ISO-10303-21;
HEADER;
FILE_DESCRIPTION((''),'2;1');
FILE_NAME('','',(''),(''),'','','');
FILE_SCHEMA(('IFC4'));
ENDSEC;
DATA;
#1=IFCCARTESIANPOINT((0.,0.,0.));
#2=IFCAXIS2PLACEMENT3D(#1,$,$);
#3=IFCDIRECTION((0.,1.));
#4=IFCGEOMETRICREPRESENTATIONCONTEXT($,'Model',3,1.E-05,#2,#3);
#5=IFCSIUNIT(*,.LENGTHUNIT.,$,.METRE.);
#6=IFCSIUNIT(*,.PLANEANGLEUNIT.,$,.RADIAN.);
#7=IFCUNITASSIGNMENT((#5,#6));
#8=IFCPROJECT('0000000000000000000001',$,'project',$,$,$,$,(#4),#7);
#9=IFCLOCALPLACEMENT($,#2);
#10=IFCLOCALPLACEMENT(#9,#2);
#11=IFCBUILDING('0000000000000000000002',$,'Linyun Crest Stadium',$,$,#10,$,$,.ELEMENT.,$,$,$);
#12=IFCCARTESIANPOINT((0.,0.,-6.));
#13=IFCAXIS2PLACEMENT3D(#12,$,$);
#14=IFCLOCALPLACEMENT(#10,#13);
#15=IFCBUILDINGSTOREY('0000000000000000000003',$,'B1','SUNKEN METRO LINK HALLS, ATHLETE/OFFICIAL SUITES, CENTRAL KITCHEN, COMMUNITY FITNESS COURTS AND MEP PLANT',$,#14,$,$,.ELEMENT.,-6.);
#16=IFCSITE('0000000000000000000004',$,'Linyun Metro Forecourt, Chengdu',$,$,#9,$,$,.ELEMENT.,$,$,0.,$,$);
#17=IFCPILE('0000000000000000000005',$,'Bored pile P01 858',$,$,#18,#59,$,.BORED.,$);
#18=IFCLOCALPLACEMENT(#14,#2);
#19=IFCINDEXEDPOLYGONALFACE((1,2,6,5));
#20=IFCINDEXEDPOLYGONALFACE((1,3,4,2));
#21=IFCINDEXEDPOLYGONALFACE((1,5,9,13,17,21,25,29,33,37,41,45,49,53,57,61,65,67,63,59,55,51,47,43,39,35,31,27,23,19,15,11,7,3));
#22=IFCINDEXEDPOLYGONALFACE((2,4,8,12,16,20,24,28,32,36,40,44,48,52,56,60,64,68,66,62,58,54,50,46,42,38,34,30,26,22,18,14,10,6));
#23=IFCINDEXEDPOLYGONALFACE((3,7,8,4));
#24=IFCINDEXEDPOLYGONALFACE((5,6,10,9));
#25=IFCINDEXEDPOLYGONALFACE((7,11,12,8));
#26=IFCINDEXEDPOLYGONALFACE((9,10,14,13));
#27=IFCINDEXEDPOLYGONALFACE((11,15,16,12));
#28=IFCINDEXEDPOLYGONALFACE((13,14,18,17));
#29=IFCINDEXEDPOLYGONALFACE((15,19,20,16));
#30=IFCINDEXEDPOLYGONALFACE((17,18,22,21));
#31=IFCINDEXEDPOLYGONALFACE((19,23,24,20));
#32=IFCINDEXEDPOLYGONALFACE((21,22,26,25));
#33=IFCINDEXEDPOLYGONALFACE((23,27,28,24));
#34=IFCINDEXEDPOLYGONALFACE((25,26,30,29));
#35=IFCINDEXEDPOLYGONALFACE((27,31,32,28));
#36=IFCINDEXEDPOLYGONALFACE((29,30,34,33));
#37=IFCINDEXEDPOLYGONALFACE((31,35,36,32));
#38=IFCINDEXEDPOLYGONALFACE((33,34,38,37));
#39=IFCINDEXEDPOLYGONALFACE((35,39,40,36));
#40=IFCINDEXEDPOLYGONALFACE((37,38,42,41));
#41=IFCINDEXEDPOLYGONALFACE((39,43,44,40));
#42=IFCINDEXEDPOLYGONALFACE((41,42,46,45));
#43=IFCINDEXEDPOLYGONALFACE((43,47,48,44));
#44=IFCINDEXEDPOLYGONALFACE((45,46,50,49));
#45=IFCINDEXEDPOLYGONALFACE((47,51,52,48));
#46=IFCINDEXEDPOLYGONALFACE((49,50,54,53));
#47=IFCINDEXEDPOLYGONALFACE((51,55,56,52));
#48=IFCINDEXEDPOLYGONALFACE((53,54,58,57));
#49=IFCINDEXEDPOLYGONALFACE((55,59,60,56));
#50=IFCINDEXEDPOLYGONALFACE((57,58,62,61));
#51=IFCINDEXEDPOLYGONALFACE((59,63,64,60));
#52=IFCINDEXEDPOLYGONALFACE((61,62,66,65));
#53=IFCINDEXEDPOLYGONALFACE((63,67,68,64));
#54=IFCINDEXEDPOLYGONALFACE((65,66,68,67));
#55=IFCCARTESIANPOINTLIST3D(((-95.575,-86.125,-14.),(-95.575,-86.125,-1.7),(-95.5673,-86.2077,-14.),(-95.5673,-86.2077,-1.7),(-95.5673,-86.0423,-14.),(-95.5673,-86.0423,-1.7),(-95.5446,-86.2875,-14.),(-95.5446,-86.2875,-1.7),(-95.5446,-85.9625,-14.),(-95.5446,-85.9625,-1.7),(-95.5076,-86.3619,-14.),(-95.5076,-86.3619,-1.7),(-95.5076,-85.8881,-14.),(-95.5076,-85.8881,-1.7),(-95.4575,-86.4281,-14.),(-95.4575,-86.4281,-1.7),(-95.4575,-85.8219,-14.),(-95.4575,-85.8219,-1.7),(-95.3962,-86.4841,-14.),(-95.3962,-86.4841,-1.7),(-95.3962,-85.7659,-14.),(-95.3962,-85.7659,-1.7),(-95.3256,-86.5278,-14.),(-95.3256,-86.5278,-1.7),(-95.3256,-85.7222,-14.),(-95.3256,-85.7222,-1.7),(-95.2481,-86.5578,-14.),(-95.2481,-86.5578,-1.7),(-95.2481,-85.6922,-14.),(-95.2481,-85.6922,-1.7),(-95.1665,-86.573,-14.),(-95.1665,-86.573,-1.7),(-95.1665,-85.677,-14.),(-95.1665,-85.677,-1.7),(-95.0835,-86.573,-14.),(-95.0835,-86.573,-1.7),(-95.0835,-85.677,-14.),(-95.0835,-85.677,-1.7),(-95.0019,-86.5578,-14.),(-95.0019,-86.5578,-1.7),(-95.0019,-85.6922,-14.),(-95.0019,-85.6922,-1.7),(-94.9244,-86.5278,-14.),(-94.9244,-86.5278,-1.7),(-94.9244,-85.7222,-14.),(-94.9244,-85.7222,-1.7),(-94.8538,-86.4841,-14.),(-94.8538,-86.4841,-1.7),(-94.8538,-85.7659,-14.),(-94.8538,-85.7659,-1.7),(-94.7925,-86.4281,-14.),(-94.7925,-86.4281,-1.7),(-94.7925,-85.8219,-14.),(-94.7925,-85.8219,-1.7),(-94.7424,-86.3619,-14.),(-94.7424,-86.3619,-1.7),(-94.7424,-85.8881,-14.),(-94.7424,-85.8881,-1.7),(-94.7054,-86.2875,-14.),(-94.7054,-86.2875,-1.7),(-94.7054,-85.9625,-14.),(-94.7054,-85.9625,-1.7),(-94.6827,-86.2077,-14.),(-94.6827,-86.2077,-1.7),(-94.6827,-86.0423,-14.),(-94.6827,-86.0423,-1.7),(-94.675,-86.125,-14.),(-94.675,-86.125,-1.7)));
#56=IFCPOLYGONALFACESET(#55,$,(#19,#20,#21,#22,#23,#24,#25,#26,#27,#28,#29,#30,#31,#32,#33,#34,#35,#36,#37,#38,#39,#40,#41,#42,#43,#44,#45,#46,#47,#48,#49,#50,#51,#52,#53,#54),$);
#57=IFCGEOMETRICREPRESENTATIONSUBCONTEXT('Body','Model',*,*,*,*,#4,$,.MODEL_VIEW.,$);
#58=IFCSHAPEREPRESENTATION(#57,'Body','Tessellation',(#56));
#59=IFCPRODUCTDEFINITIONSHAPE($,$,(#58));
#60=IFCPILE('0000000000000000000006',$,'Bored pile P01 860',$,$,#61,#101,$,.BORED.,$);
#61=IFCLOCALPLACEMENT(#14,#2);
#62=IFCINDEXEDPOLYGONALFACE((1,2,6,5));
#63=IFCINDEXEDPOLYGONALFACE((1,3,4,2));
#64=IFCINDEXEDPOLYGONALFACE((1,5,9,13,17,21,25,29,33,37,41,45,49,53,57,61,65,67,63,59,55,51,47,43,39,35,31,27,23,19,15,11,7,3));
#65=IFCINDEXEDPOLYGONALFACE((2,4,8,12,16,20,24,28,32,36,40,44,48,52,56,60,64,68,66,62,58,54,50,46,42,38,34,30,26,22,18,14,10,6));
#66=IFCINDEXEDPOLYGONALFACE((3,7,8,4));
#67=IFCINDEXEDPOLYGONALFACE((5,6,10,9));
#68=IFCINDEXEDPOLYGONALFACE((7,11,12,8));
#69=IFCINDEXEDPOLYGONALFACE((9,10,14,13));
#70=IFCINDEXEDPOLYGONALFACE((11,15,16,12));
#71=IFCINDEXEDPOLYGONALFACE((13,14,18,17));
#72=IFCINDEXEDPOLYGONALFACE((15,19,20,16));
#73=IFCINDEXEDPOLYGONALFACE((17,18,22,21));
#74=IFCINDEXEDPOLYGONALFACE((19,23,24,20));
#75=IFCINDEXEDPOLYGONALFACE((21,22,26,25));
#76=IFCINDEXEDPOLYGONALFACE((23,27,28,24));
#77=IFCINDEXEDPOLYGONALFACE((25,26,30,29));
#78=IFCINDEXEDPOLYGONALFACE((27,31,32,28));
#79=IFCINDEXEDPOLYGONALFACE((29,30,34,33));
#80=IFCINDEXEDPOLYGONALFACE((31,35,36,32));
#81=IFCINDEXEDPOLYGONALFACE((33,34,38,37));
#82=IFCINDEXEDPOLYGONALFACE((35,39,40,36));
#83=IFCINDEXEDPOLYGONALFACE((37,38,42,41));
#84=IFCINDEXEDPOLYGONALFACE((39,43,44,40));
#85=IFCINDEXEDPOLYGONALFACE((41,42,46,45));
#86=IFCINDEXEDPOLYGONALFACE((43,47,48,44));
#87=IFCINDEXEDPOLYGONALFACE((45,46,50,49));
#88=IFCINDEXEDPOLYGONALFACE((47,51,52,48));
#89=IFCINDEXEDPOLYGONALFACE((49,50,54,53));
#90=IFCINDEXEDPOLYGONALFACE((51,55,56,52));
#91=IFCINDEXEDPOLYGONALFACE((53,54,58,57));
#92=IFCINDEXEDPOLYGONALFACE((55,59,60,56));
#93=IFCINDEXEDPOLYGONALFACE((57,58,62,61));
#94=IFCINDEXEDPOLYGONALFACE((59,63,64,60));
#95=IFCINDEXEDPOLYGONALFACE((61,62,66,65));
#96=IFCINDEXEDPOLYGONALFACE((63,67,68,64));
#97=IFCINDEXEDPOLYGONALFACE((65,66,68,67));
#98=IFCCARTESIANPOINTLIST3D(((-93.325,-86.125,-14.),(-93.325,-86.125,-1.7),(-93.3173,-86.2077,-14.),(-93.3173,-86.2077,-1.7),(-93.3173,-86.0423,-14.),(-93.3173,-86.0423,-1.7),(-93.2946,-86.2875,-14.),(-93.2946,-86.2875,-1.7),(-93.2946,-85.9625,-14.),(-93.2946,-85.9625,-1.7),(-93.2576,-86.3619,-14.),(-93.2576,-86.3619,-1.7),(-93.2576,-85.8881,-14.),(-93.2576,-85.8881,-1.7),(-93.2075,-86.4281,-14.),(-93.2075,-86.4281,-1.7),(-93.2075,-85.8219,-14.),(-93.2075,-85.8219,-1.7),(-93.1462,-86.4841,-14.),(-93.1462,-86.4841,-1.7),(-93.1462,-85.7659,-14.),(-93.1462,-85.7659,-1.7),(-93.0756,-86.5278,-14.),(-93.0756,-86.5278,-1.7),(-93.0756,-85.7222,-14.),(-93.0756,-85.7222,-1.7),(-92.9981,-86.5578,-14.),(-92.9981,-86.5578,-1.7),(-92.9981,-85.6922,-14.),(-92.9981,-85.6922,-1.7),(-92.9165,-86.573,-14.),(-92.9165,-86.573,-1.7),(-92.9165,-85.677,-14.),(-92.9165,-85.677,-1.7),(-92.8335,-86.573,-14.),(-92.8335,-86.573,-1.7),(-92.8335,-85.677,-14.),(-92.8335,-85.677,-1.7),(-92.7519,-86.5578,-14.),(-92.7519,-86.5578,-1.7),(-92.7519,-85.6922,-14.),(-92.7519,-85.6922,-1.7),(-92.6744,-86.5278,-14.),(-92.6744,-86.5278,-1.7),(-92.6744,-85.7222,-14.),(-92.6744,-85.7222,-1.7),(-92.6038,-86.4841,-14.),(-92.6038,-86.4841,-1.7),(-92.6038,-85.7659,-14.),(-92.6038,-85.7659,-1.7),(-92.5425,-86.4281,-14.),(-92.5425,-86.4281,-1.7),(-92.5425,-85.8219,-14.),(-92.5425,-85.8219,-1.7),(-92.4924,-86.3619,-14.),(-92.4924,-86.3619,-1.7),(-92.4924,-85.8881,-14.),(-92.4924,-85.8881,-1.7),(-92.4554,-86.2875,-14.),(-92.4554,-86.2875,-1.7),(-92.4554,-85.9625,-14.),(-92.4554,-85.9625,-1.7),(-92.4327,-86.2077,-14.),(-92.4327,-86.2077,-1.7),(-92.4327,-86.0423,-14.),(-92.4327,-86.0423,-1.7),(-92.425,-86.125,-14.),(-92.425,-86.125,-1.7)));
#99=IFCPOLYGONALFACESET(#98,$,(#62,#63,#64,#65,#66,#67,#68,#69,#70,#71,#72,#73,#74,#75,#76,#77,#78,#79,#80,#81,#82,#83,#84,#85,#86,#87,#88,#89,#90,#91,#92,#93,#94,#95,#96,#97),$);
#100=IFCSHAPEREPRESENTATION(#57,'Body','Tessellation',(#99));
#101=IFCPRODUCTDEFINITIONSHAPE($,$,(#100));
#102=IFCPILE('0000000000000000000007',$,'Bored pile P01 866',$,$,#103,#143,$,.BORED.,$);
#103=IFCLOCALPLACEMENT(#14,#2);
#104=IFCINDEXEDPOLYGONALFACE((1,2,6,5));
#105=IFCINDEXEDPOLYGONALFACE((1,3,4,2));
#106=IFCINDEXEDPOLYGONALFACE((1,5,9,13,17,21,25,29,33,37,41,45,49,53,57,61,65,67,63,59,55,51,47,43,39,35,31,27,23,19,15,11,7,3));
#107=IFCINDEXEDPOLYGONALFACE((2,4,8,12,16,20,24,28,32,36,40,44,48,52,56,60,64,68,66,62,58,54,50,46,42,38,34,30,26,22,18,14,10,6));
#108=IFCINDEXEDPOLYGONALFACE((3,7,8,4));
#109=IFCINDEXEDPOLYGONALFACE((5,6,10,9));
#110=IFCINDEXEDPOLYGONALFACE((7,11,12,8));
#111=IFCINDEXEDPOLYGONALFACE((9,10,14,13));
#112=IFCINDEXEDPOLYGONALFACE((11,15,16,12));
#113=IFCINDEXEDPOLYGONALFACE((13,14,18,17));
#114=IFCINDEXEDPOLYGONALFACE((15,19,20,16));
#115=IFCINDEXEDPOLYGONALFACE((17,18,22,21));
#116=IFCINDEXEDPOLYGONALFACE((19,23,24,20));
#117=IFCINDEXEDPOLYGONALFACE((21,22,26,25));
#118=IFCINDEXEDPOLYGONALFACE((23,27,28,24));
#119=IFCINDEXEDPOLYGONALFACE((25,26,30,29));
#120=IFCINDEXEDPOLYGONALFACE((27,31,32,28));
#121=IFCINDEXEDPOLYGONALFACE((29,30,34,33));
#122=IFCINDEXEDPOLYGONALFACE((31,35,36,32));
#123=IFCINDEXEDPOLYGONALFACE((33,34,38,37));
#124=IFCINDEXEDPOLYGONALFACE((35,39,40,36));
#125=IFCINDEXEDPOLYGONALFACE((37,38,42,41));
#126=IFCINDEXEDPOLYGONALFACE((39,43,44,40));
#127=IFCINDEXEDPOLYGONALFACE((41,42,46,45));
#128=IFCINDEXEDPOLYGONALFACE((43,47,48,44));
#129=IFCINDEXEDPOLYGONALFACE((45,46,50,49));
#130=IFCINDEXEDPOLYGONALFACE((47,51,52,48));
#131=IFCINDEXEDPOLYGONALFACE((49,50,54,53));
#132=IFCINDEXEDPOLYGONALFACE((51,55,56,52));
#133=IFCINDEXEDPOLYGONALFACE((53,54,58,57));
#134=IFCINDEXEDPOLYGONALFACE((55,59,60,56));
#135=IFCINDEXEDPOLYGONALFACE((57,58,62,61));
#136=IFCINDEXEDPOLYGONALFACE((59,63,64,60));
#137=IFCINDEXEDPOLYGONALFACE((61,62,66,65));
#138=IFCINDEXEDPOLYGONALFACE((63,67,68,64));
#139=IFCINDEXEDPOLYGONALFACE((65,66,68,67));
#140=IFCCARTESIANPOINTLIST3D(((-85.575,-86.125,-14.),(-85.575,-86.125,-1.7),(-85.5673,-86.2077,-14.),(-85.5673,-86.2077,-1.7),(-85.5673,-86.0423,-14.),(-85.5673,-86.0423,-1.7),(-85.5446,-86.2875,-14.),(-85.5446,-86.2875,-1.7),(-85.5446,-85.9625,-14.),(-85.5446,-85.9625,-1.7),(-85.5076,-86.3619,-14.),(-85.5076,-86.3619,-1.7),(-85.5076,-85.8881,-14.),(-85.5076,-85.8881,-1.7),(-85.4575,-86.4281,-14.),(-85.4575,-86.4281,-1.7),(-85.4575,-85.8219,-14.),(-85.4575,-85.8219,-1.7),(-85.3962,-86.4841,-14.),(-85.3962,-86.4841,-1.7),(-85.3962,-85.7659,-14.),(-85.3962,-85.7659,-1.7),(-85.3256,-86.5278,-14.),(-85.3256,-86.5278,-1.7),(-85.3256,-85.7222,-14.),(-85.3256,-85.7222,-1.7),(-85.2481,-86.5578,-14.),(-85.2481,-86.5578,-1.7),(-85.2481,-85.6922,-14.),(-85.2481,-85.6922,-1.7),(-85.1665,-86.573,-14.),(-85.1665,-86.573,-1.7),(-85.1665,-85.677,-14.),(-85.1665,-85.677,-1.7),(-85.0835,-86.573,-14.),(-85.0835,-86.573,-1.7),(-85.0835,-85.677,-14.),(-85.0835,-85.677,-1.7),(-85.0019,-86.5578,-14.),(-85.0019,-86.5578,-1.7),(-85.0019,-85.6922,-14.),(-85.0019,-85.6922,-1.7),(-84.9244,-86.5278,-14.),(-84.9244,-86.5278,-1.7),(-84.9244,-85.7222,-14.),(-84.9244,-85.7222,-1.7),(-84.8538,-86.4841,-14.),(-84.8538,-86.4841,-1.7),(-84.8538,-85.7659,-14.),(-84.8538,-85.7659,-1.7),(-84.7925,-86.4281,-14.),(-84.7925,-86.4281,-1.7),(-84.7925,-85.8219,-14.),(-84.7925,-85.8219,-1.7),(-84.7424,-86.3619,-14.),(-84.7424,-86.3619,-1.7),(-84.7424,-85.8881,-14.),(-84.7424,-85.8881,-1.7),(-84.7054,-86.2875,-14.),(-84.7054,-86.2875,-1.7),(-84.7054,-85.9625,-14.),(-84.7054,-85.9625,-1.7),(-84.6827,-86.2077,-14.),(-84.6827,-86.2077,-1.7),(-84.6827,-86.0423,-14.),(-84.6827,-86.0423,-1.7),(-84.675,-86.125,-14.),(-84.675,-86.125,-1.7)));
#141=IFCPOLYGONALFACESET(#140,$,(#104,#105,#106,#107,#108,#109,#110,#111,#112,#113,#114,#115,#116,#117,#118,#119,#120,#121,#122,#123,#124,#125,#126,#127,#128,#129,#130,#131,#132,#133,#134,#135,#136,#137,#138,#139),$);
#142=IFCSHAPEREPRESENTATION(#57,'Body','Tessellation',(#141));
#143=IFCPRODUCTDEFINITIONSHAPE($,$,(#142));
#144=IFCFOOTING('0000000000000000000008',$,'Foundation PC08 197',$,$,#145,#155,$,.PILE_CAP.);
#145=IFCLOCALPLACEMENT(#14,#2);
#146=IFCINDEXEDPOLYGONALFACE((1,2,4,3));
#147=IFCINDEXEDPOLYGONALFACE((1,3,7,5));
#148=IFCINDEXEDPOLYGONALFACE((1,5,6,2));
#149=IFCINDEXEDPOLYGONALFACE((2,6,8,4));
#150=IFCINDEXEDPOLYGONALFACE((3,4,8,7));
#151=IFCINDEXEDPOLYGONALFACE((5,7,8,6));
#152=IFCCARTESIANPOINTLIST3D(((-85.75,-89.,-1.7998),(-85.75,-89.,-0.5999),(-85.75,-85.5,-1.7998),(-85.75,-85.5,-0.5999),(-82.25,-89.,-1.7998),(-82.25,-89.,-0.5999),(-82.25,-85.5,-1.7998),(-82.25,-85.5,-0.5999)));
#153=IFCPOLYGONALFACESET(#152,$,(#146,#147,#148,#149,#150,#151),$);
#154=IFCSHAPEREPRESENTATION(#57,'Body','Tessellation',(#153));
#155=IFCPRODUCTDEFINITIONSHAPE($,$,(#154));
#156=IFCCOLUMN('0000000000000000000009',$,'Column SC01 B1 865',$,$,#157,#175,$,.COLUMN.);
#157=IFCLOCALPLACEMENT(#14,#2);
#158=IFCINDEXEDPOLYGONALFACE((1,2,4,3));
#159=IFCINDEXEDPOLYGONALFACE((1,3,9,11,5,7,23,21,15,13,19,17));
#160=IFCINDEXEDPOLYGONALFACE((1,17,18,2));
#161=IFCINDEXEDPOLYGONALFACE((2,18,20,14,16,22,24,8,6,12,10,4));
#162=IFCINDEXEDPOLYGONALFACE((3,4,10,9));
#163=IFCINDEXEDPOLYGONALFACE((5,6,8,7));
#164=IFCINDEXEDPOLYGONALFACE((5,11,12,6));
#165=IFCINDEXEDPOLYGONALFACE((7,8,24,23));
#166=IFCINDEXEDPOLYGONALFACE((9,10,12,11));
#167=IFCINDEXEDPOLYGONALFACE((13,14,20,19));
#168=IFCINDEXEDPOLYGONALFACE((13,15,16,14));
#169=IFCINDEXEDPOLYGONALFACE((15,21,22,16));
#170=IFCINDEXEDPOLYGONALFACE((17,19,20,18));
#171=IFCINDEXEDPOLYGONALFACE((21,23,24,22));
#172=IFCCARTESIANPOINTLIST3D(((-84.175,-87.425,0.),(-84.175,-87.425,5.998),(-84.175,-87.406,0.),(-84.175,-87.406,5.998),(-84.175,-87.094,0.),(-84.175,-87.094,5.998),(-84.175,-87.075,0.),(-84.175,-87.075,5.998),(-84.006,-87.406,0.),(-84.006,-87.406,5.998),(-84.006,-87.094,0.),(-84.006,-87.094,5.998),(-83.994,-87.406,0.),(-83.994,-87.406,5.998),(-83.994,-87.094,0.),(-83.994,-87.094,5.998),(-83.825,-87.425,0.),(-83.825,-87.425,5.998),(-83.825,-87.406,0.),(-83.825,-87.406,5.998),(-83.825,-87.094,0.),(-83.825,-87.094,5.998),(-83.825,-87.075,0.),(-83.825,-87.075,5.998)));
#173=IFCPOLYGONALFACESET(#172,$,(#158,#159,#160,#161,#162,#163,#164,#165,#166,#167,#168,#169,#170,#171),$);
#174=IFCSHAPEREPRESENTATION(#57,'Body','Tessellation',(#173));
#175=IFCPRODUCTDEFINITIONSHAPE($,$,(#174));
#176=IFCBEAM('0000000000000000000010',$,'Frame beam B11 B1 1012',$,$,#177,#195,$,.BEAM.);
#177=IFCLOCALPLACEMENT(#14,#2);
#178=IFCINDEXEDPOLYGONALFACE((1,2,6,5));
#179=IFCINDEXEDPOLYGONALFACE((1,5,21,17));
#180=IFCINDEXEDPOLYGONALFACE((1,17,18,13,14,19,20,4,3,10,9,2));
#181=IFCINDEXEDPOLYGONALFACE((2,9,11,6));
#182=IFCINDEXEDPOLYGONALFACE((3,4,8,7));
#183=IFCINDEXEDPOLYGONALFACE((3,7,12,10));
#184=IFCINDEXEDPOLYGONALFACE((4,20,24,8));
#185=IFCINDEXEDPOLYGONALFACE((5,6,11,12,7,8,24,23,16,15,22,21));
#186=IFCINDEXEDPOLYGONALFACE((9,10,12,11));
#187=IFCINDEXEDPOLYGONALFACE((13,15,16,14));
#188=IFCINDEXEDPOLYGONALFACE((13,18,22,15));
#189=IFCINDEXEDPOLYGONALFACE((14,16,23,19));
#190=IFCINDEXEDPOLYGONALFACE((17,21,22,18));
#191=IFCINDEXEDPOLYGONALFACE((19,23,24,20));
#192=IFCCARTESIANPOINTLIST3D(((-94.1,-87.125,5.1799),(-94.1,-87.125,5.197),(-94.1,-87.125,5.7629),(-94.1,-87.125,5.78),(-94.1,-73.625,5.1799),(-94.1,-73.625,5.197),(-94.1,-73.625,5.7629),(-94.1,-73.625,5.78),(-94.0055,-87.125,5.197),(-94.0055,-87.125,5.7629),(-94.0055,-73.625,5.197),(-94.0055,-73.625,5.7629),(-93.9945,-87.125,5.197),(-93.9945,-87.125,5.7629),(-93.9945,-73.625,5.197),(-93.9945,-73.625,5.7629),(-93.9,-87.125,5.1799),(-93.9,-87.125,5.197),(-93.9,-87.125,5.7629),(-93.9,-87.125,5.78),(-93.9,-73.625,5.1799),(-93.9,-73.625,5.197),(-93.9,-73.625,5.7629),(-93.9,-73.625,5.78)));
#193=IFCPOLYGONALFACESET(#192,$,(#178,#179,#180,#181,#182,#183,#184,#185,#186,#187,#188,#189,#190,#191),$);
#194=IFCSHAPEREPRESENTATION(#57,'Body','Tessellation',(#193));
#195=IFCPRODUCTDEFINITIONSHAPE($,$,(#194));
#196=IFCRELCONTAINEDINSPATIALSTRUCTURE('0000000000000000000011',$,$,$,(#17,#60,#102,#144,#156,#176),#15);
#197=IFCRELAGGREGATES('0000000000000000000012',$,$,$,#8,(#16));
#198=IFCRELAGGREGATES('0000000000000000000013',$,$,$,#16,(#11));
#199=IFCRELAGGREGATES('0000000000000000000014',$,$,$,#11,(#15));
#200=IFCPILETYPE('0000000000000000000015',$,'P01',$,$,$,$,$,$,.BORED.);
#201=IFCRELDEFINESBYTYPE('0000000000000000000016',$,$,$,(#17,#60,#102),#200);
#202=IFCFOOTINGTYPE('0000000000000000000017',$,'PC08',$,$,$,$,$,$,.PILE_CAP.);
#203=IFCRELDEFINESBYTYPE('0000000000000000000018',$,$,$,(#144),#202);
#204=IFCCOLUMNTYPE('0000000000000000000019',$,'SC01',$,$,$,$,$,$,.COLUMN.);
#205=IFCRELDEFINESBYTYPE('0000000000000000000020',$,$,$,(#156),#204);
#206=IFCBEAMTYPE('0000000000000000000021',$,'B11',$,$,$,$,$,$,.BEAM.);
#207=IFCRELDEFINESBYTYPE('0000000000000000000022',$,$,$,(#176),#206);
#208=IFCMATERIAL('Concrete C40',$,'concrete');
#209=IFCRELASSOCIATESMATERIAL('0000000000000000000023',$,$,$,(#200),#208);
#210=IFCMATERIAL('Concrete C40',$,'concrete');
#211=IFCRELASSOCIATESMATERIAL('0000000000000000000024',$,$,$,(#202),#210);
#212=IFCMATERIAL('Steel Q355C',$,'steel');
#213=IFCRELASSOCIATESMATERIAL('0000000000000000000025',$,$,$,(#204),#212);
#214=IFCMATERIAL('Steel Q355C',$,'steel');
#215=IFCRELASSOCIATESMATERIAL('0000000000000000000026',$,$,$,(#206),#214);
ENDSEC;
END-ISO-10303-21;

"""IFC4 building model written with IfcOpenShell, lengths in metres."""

from ifc_helpers import new_model, si_unit, direction, frame, origin, origin_2d, place, context, subcontext, project, spatial, rectangle, circle, i_section, extrude, material, material_profile, profile_set, type_object, element, save


model = new_model("IFC4")

# Units and contexts
model_context = context("Model", 3, precision=1e-05, world=origin(), true_north=direction((0.0, 1.0)))
body_context = subcontext(model_context, "Body", "Model", "MODEL_VIEW")
ifc_project = project(units=[si_unit("LENGTHUNIT", "METRE"), si_unit("PLANEANGLEUNIT", "RADIAN")], contexts=[model_context])

# Site, building, storey
site_placement = place(None, origin())
site = spatial("IfcSite", under=ifc_project, at=site_placement, Name="Linyun Metro Forecourt, Chengdu", CompositionType="ELEMENT", RefElevation=0.0)
building_placement = place(site_placement, origin())
building = spatial("IfcBuilding", under=site, at=building_placement, Name="Linyun Crest Stadium", CompositionType="ELEMENT")
storey_placement = place(building_placement, frame((0.0, 0.0, -6.0)))
storey = spatial("IfcBuildingStorey", under=building, at=storey_placement, Name="B1", Description="SUNKEN METRO LINK HALLS, ATHLETE/OFFICIAL SUITES, CENTRAL KITCHEN, COMMUNITY FITNESS COURTS AND MEP PLANT", CompositionType="ELEMENT", Elevation=-6.0)

# Piles
ifc_material_1 = material(Name="Concrete C40", Category="concrete")
ifc_material_profile_1 = material_profile(ifc_material_1, circle(Radius=0.45, at=origin_2d()), Name="BORED PILE 900")
ifc_profile_set_1 = profile_set([ifc_material_profile_1], Name="Concrete C40")
pile_type = type_object("IfcPileType", Name="P01", PredefinedType="BORED", material=ifc_profile_set_1)
for number, where, z_axis, x_axis, name in (
    (1, (-95.125, -86.125, -1.7), (0.0, 0.0, -1.0), (1.0, 0.0, 0.0), "Bored pile P01 858"),
    (2, (-92.875, -86.125, -1.7), (0.0, 0.0, -1.0), (1.0, 0.0, 0.0), "Bored pile P01 860"),
    (3, (-85.125, -86.125, -1.7), (0.0, 0.0, -1.0), (1.0, 0.0, 0.0), "Bored pile P01 866"),
):
    element("IfcPile", number, at=place(storey_placement, frame(where, z_axis=z_axis, x_axis=x_axis)), inside=storey, type_object=pile_type, Name=name, PredefinedType="BORED", context=body_context, shape_type="SweptSolid", body=[
        extrude(circle(Radius=0.45, at=origin_2d()), origin(), (0.0, 0.0, 1.0), 12.3),
    ])

# Footing
ifc_material_2 = material(Name="Concrete C40", Category="concrete")
footing_type = type_object("IfcFootingType", Name="PC08", PredefinedType="PILE_CAP", material=ifc_material_2)
footing_placement = place(storey_placement, frame((-84.0, -87.25, -1.7998), z_axis=(0.0, 0.0, 1.0), x_axis=(1.0, 0.0, 0.0)))
element("IfcFooting", 4, at=footing_placement, inside=storey, type_object=footing_type, Name="Foundation PC08 197", PredefinedType="PILE_CAP", context=body_context, shape_type="SweptSolid", body=[
    extrude(rectangle(XDim=3.5, YDim=3.5, at=origin_2d()), origin(), (0.0, 0.0, 1.0), 1.2),
])

# Column
ifc_material_3 = material(Name="Steel Q355C", Category="steel")
ifc_material_profile_2 = material_profile(ifc_material_3, i_section(OverallWidth=0.3501, OverallDepth=0.3501, WebThickness=0.012, FlangeThickness=0.019, at=origin_2d()), Name="HW 350x350")
ifc_profile_set_2 = profile_set([ifc_material_profile_2], Name="Steel Q355C")
column_type = type_object("IfcColumnType", Name="SC01", PredefinedType="COLUMN", material=ifc_profile_set_2)
column_placement = place(storey_placement, frame((-84.0, -87.25, 0.0), z_axis=(0.0, 0.0, 1.0), x_axis=(1.0, 0.0, 0.0)))
element("IfcColumn", 5, at=column_placement, inside=storey, type_object=column_type, Name="Column SC01 B1 865", PredefinedType="COLUMN", context=body_context, shape_type="SweptSolid", body=[
    extrude(i_section(OverallWidth=0.3501, OverallDepth=0.3501, WebThickness=0.012, FlangeThickness=0.019, at=origin_2d()), origin(), (0.0, 0.0, 1.0), 5.998),
])

# Beam
ifc_material_4 = material(Name="Steel Q355C", Category="steel")
ifc_material_profile_3 = material_profile(ifc_material_4, i_section(OverallWidth=0.2, OverallDepth=0.6001, WebThickness=0.011, FlangeThickness=0.0171, at=origin_2d()), Name="HN 600x200")
ifc_profile_set_3 = profile_set([ifc_material_profile_3], Name="Steel Q355C")
beam_type_1 = type_object("IfcBeamType", Name="B11", PredefinedType="BEAM", material=ifc_profile_set_3)
beam_1_placement = place(storey_placement, frame((-94.0, -87.125, 5.48), z_axis=(0.0, 1.0, 0.0), x_axis=(-1.0, 0.0, 0.0)))
element("IfcBeam", 6, at=beam_1_placement, inside=storey, type_object=beam_type_1, Name="Frame beam B11 B1 1012", PredefinedType="BEAM", context=body_context, shape_type="SweptSolid", body=[
    extrude(i_section(OverallWidth=0.2, OverallDepth=0.6001, WebThickness=0.011, FlangeThickness=0.0171, at=origin_2d()), origin(), (0.0, 0.0, 1.0), 13.5),
])

save(model, "model.ifc")
